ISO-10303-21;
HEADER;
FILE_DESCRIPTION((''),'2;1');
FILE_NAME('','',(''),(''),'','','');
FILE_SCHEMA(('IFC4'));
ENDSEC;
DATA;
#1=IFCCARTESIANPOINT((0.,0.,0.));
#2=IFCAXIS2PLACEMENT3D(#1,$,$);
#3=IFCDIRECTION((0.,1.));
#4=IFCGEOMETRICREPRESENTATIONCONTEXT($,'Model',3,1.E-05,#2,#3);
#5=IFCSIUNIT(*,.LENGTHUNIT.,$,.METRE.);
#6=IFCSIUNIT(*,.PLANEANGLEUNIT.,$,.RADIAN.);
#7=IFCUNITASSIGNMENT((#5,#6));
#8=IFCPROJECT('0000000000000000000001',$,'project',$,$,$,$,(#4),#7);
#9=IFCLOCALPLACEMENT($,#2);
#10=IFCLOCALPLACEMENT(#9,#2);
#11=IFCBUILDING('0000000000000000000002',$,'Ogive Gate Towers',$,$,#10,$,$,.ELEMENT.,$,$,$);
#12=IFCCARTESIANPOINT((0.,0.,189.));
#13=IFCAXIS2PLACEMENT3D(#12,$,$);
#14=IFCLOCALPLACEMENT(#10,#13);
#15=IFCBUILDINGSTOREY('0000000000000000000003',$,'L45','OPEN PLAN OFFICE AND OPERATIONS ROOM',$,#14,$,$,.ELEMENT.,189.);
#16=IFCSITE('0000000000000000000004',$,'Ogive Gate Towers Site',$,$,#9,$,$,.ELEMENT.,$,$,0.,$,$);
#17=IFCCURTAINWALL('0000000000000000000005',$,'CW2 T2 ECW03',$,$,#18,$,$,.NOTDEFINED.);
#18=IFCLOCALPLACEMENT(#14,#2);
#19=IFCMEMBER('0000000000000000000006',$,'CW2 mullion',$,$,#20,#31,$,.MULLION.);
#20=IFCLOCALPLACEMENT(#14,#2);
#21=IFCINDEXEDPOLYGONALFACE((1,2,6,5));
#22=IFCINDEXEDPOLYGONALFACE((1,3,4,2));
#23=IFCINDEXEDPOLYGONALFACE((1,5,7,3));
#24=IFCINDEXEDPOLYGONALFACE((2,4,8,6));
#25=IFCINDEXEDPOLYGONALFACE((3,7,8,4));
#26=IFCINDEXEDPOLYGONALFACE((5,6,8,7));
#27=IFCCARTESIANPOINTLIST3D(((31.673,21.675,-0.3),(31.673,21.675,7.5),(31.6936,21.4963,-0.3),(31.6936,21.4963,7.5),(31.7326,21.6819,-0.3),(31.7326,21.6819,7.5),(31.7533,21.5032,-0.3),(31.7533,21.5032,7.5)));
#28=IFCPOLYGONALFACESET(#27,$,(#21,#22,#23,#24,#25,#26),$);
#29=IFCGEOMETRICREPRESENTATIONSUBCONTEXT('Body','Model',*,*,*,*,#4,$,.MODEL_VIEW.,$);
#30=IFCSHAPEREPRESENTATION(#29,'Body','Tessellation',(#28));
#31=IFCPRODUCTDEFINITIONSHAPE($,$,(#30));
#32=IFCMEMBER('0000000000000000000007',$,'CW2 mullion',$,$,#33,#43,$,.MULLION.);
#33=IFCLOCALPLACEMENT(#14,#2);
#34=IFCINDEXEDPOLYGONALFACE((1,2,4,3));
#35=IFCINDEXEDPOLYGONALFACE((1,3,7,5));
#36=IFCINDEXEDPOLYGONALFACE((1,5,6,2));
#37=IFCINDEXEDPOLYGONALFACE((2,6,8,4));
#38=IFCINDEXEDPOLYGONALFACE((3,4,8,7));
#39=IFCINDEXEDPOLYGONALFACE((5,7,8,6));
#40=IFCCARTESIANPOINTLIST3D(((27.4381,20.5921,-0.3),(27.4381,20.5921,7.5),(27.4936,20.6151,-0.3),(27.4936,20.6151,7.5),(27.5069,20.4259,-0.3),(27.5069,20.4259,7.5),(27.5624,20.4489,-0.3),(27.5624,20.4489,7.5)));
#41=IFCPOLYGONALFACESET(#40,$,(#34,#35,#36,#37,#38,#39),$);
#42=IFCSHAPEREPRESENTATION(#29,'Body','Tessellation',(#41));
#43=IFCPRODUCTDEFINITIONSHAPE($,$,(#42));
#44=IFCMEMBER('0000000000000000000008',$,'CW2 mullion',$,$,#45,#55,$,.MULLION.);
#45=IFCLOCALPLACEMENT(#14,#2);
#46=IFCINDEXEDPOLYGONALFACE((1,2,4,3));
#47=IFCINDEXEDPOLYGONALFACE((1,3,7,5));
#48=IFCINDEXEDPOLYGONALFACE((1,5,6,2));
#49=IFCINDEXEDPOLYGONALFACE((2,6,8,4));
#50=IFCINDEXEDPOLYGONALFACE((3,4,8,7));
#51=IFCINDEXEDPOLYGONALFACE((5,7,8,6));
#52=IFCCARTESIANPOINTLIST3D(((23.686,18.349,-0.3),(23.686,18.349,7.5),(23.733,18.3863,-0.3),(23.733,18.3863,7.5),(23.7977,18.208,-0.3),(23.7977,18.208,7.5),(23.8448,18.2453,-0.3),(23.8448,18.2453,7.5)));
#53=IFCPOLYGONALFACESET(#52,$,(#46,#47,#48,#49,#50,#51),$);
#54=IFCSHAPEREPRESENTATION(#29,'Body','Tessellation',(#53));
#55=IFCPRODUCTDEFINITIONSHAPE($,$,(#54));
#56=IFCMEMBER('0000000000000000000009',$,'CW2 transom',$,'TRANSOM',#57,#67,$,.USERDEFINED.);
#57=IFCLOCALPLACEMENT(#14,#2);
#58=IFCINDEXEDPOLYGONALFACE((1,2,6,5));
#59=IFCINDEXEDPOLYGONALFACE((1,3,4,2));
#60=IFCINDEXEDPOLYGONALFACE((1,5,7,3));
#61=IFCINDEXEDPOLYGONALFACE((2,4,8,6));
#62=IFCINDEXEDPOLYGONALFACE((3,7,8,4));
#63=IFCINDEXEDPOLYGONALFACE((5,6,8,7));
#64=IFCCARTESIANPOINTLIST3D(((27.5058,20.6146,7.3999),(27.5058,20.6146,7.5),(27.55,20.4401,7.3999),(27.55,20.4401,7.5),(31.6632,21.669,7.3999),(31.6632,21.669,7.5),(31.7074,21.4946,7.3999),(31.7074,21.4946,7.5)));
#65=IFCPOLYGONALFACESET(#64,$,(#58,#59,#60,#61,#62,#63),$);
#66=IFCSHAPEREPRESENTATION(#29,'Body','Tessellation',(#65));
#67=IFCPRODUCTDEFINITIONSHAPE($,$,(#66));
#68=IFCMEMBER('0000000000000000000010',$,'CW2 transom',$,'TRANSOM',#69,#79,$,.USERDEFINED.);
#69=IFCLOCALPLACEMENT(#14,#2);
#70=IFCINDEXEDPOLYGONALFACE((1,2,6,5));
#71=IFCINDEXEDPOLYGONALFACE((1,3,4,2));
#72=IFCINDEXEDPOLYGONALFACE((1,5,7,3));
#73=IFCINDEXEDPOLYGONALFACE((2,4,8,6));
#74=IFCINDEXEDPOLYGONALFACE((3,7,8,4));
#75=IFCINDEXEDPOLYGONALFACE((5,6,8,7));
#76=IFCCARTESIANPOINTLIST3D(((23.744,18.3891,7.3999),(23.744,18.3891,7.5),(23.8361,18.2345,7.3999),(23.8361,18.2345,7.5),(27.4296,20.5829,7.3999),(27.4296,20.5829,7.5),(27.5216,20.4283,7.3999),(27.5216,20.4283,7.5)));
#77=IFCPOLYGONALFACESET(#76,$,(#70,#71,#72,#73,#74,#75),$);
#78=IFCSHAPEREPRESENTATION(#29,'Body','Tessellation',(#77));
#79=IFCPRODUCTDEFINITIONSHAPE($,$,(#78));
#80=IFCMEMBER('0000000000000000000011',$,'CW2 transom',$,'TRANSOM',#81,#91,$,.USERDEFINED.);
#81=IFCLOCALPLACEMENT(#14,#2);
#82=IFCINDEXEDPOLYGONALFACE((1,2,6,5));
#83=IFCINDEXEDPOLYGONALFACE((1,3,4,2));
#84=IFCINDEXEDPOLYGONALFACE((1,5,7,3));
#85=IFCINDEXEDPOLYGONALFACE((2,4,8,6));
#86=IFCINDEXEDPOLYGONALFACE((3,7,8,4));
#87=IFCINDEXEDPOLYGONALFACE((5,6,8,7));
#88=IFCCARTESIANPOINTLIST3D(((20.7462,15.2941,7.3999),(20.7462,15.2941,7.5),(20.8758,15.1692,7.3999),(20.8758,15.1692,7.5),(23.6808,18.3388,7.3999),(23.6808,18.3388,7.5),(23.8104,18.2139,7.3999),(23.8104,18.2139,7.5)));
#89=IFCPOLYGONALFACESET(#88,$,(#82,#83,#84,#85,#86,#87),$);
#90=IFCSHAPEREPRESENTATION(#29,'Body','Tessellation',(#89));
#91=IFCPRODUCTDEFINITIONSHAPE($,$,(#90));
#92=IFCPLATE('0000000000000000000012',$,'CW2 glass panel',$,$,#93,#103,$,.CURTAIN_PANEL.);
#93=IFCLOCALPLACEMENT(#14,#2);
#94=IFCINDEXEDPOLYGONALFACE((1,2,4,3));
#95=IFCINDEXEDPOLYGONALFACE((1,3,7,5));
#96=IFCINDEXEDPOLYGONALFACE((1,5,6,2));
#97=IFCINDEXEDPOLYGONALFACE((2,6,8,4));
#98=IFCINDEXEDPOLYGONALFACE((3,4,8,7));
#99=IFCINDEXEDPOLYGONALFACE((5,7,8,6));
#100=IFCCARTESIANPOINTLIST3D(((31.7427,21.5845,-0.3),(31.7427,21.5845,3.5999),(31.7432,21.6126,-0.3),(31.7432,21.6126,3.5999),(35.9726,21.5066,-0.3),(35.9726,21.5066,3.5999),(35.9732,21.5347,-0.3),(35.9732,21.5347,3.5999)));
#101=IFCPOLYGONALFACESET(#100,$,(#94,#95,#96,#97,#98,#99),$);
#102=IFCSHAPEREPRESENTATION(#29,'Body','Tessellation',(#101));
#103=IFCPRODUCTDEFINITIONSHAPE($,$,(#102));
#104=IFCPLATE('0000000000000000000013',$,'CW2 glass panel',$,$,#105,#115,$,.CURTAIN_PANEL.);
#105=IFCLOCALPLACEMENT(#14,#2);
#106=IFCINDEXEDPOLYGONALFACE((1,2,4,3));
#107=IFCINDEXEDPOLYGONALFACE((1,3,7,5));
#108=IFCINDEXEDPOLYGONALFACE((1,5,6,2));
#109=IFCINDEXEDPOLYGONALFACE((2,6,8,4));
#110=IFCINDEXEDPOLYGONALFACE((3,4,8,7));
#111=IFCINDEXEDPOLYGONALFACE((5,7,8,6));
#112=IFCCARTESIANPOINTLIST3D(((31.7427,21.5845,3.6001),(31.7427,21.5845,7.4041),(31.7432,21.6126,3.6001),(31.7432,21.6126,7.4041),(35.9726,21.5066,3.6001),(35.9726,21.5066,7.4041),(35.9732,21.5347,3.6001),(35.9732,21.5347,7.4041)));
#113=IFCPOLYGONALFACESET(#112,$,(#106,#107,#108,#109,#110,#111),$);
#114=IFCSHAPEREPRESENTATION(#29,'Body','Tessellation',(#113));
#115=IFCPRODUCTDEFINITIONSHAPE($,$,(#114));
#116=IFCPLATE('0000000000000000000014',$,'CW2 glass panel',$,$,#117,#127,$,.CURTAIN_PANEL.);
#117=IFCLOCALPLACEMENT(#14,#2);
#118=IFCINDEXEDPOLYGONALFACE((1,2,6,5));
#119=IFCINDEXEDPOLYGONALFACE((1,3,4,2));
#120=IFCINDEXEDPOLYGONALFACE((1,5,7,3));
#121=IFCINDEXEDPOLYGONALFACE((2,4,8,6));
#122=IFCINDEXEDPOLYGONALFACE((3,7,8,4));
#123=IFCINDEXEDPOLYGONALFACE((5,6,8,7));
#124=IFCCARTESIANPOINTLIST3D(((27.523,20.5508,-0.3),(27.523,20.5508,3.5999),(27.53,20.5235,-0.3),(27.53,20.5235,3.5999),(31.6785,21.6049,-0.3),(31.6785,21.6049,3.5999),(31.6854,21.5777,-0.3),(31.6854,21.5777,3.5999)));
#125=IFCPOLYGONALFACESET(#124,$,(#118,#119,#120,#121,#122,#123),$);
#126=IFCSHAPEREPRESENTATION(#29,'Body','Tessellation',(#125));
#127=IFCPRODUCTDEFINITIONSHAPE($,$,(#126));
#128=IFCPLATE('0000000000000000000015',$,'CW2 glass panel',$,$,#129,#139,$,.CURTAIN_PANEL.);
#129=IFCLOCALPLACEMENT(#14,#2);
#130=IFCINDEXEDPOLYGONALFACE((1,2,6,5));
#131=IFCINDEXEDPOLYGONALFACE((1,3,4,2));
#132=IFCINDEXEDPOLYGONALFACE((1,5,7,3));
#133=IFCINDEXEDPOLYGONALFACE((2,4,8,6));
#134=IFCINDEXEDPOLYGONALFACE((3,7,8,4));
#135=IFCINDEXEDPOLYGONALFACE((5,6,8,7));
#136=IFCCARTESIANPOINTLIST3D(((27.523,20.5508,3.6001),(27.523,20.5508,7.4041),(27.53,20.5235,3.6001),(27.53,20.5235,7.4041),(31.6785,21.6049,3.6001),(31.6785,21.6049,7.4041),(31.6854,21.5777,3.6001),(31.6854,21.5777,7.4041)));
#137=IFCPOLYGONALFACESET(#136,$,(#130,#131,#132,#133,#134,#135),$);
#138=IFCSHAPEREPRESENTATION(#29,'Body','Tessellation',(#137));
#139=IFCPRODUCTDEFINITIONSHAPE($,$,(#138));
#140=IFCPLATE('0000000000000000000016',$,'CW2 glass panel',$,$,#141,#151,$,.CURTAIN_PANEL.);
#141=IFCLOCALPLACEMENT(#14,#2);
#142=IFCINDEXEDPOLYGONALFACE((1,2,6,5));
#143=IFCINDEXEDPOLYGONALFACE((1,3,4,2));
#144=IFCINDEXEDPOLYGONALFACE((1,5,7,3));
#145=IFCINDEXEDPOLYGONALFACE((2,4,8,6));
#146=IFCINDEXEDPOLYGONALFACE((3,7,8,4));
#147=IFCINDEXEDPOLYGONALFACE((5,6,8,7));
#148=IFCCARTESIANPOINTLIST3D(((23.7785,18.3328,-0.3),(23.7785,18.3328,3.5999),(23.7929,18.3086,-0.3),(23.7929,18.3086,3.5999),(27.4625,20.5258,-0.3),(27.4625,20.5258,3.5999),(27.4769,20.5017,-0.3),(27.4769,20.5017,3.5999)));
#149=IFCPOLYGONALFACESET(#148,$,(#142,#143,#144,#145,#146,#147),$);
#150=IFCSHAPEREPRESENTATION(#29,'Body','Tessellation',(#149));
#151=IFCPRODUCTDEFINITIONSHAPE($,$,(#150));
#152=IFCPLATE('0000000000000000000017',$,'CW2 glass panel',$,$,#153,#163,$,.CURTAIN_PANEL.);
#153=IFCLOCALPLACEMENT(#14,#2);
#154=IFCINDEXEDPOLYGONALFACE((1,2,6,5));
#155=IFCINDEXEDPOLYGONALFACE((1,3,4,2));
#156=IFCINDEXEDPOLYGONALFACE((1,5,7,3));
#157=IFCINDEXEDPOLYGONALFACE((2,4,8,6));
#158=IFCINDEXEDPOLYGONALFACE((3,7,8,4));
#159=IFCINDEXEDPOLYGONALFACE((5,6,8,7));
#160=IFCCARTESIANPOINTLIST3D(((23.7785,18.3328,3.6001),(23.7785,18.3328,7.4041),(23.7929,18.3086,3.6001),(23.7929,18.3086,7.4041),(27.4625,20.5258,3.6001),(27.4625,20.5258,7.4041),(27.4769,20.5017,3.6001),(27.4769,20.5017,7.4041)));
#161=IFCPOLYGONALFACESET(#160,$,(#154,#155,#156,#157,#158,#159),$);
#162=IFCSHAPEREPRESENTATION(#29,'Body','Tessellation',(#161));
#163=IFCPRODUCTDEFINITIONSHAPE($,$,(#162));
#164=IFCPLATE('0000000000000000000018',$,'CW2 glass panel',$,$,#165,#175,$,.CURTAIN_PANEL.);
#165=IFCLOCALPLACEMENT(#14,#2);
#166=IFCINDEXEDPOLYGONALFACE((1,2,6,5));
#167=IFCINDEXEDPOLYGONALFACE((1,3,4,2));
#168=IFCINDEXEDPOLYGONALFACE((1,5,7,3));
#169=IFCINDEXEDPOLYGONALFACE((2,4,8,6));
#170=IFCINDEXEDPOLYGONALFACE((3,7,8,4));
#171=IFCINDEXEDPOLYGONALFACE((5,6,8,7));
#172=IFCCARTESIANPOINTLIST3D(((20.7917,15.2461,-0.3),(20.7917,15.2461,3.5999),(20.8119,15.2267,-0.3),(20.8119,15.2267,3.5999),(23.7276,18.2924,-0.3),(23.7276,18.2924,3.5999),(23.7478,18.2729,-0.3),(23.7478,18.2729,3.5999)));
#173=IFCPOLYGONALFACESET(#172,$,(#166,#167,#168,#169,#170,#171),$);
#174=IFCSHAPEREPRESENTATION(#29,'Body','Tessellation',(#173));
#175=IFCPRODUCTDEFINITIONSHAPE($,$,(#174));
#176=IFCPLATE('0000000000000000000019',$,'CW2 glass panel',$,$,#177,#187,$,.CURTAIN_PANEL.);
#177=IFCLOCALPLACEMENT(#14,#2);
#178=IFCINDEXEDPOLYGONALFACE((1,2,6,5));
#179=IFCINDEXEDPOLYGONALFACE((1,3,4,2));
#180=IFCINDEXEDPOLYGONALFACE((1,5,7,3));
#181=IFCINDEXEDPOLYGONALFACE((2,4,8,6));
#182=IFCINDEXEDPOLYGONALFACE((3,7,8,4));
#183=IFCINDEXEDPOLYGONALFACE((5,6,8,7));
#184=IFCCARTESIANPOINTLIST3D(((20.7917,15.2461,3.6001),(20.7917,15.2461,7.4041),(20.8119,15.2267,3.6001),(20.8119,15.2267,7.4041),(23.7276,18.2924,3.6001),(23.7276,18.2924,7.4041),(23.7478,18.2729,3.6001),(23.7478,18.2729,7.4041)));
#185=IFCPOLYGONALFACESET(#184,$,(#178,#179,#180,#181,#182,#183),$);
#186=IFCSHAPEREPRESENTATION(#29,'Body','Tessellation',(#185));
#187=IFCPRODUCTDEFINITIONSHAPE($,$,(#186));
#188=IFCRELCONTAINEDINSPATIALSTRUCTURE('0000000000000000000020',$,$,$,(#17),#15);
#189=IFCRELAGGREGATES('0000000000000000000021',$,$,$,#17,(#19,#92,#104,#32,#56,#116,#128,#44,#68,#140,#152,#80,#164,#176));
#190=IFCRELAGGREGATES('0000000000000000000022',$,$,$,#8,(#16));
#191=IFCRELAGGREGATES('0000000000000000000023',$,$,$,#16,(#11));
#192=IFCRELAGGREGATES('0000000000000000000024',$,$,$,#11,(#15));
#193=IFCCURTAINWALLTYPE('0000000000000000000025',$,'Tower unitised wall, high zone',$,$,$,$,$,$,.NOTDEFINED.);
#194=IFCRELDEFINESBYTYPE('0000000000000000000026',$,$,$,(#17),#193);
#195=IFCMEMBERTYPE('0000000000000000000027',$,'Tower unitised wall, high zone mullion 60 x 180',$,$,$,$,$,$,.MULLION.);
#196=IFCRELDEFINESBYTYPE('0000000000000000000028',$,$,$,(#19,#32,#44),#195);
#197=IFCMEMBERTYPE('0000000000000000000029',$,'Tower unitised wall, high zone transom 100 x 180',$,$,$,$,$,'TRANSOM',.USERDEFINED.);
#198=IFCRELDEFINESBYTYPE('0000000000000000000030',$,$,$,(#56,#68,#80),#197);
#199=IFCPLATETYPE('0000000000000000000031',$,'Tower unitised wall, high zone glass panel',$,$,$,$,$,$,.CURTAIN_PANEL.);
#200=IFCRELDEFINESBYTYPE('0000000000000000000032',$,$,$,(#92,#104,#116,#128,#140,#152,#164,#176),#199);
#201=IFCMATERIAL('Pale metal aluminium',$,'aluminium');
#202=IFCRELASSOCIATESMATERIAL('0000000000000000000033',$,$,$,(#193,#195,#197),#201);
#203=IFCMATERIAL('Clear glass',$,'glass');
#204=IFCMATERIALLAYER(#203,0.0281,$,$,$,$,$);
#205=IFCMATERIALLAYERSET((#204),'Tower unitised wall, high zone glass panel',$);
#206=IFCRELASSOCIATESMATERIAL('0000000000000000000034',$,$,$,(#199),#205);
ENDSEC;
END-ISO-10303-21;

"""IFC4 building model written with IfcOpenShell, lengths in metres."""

from ifc_helpers import new_model, si_unit, direction, frame, origin, origin_2d, place, context, subcontext, project, spatial, rectangle, extrude, material, layer, layer_set, material_profile, profile_set, type_object, element, aggregate, save


model = new_model("IFC4")

# Units and contexts
model_context = context("Model", 3, precision=1e-05, world=origin(), true_north=direction((0.0, 1.0)))
body_context = subcontext(model_context, "Body", "Model", "MODEL_VIEW")
ifc_project = project(units=[si_unit("LENGTHUNIT", "METRE"), si_unit("PLANEANGLEUNIT", "RADIAN")], contexts=[model_context])

# Site, building, storey
site_placement = place(None, origin())
site = spatial("IfcSite", under=ifc_project, at=site_placement, Name="Ogive Gate Towers Site", CompositionType="ELEMENT", RefElevation=0.0)
building_placement = place(site_placement, origin())
building = spatial("IfcBuilding", under=site, at=building_placement, Name="Ogive Gate Towers", CompositionType="ELEMENT")
storey_placement = place(building_placement, frame((0.0, 0.0, 189.0)))
storey = spatial("IfcBuildingStorey", under=building, at=storey_placement, Name="L45", Description="OPEN PLAN OFFICE AND OPERATIONS ROOM", CompositionType="ELEMENT", Elevation=189.0)

# Curtain wall, members, plates
ifc_material_1 = material(Name="Pale metal aluminium", Category="aluminium")
curtain_wall_type = type_object("IfcCurtainWallType", Name="Tower unitised wall, high zone", PredefinedType="NOTDEFINED", material=ifc_material_1)
curtain_wall_placement = place(storey_placement, origin())
curtain_wall = element("IfcCurtainWall", 1, at=curtain_wall_placement, inside=storey, type_object=curtain_wall_type, Name="CW2 T2 ECW03", PredefinedType="NOTDEFINED")
ifc_material_profile_1 = material_profile(ifc_material_1, rectangle(XDim=0.1799, YDim=0.0601, at=origin_2d()), Name="60 x 180 aluminium box")
ifc_profile_set_1 = profile_set([ifc_material_profile_1], Name="Pale metal aluminium")
member_type_1 = type_object("IfcMemberType", Name="Tower unitised wall, high zone mullion 60 x 180", PredefinedType="MULLION", material=ifc_profile_set_1)
member_1_placement = place(storey_placement, frame((31.7131, 21.5891, -0.3), z_axis=(0.0, 0.0, 1.0), x_axis=(-0.114746, 0.993395, 0.0)))
member_1 = element("IfcMember", 2, at=member_1_placement, type_object=member_type_1, Name="CW2 mullion", PredefinedType="MULLION", context=body_context, shape_type="SweptSolid", body=[
    extrude(rectangle(XDim=0.1799, YDim=0.0601, at=origin_2d()), origin(), (0.0, 0.0, 1.0), 7.8),
])
member_2_placement = place(storey_placement, frame((27.5002, 20.5205, -0.3), z_axis=(0.0, 0.0, 1.0), x_axis=(-0.382683, 0.92388, 0.0)))
member_2 = element("IfcMember", 3, at=member_2_placement, type_object=member_type_1, Name="CW2 mullion", PredefinedType="MULLION", context=body_context, shape_type="SweptSolid", body=[
    extrude(rectangle(XDim=0.1799, YDim=0.0601, at=origin_2d()), origin(), (0.0, 0.0, 1.0), 7.8),
])
member_3_placement = place(storey_placement, frame((23.7654, 18.2971, -0.3), z_axis=(0.0, 0.0, 1.0), x_axis=(-0.621298, 0.783574, 0.0)))
member_3 = element("IfcMember", 4, at=member_3_placement, type_object=member_type_1, Name="CW2 mullion", PredefinedType="MULLION", context=body_context, shape_type="SweptSolid", body=[
    extrude(rectangle(XDim=0.1799, YDim=0.0601, at=origin_2d()), origin(), (0.0, 0.0, 1.0), 7.8),
])
ifc_material_profile_2 = material_profile(ifc_material_1, rectangle(XDim=0.1799, YDim=0.1001, at=origin_2d()), Name="100 x 180 aluminium box")
ifc_profile_set_2 = profile_set([ifc_material_profile_2], Name="Pale metal aluminium")
member_type_2 = type_object("IfcMemberType", Name="Tower unitised wall, high zone transom 100 x 180", ElementType="TRANSOM", PredefinedType="USERDEFINED", material=ifc_profile_set_2)
member_4_placement = place(storey_placement, frame((31.6853, 21.5818, 7.45), z_axis=(-0.96931, -0.245842, 0.0), x_axis=(0.245842, -0.96931, 0.0)))
member_4 = element("IfcMember", 5, at=member_4_placement, type_object=member_type_2, Name="CW2 transom", ObjectType="TRANSOM", PredefinedType="USERDEFINED", context=body_context, shape_type="SweptSolid", body=[
    extrude(rectangle(XDim=0.1799, YDim=0.1001, at=origin_2d()), origin(), (0.0, 0.0, 1.0), 4.2891),
])
member_5_placement = place(storey_placement, frame((27.4756, 20.5056, 7.45), z_axis=(-0.859286, -0.511496, 0.0), x_axis=(0.511496, -0.859286, 0.0)))
member_5 = element("IfcMember", 6, at=member_5_placement, type_object=member_type_2, Name="CW2 transom", ObjectType="TRANSOM", PredefinedType="USERDEFINED", context=body_context, shape_type="SweptSolid", body=[
    extrude(rectangle(XDim=0.1799, YDim=0.1001, at=origin_2d()), origin(), (0.0, 0.0, 1.0), 4.2891),
])
member_6_placement = place(storey_placement, frame((23.7456, 18.2764, 7.45), z_axis=(-0.693968, -0.720006, 0.0), x_axis=(0.720006, -0.693968, 0.0)))
member_6 = element("IfcMember", 7, at=member_6_placement, type_object=member_type_2, Name="CW2 transom", ObjectType="TRANSOM", PredefinedType="USERDEFINED", context=body_context, shape_type="SweptSolid", body=[
    extrude(rectangle(XDim=0.1799, YDim=0.1001, at=origin_2d()), origin(), (0.0, 0.0, 1.0), 4.2288),
])
ifc_material_2 = material(Name="Clear glass", Category="glass")
ifc_layer_1 = layer(ifc_material_2, 0.0281)
ifc_layer_set_1 = layer_set([ifc_layer_1], Name="Tower unitised wall, high zone glass panel")
plate_type = type_object("IfcPlateType", Name="Tower unitised wall, high zone glass panel", PredefinedType="CURTAIN_PANEL", material=ifc_layer_set_1)
plate_1_placement = place(storey_placement, frame((33.8579, 21.5596, -0.3), z_axis=(0.0, 0.0, 1.0), x_axis=(-0.99983, 0.018412, 0.0)))
plate_1 = element("IfcPlate", 8, at=plate_1_placement, type_object=plate_type, Name="CW2 glass panel", PredefinedType="CURTAIN_PANEL", context=body_context, shape_type="SweptSolid", body=[
    extrude(rectangle(XDim=4.2307, YDim=0.0281, at=origin_2d()), origin(), (0.0, 0.0, 1.0), 3.8999),
])
plate_2_placement = place(storey_placement, frame((33.8579, 21.5596, 3.6001), z_axis=(0.0, 0.0, 1.0), x_axis=(-0.99983, 0.018412, 0.0)))
plate_2 = element("IfcPlate", 9, at=plate_2_placement, type_object=plate_type, Name="CW2 glass panel", PredefinedType="CURTAIN_PANEL", context=body_context, shape_type="SweptSolid", body=[
    extrude(rectangle(XDim=4.2307, YDim=0.0281, at=origin_2d()), origin(), (0.0, 0.0, 1.0), 3.804),
])
plate_3_placement = place(storey_placement, frame((29.6042, 21.0642, -0.3), z_axis=(0.0, 0.0, 1.0), x_axis=(-0.9693, -0.245883, 0.0)))
plate_3 = element("IfcPlate", 10, at=plate_3_placement, type_object=plate_type, Name="CW2 glass panel", PredefinedType="CURTAIN_PANEL", context=body_context, shape_type="SweptSolid", body=[
    extrude(rectangle(XDim=4.2871, YDim=0.0281, at=origin_2d()), origin(), (0.0, 0.0, 1.0), 3.8999),
])
plate_4_placement = place(storey_placement, frame((29.6042, 21.0642, 3.6001), z_axis=(0.0, 0.0, 1.0), x_axis=(-0.9693, -0.245883, 0.0)))
plate_4 = element("IfcPlate", 11, at=plate_4_placement, type_object=plate_type, Name="CW2 glass panel", PredefinedType="CURTAIN_PANEL", context=body_context, shape_type="SweptSolid", body=[
    extrude(rectangle(XDim=4.2871, YDim=0.0281, at=origin_2d()), origin(), (0.0, 0.0, 1.0), 3.804),
])
plate_5_placement = place(storey_placement, frame((25.6277, 19.4172, -0.3), z_axis=(0.0, 0.0, 1.0), x_axis=(-0.859273, -0.511518, 0.0)))
plate_5 = element("IfcPlate", 12, at=plate_5_placement, type_object=plate_type, Name="CW2 glass panel", PredefinedType="CURTAIN_PANEL", context=body_context, shape_type="SweptSolid", body=[
    extrude(rectangle(XDim=4.2874, YDim=0.0281, at=origin_2d()), origin(), (0.0, 0.0, 1.0), 3.8999),
])
plate_6_placement = place(storey_placement, frame((25.6277, 19.4172, 3.6001), z_axis=(0.0, 0.0, 1.0), x_axis=(-0.859273, -0.511518, 0.0)))
plate_6 = element("IfcPlate", 13, at=plate_6_placement, type_object=plate_type, Name="CW2 glass panel", PredefinedType="CURTAIN_PANEL", context=body_context, shape_type="SweptSolid", body=[
    extrude(rectangle(XDim=4.2874, YDim=0.0281, at=origin_2d()), origin(), (0.0, 0.0, 1.0), 3.804),
])
plate_7_placement = place(storey_placement, frame((22.2698, 16.7595, -0.3), z_axis=(0.0, 0.0, 1.0), x_axis=(-0.693942, -0.720031, 0.0)))
plate_7 = element("IfcPlate", 14, at=plate_7_placement, type_object=plate_type, Name="CW2 glass panel", PredefinedType="CURTAIN_PANEL", context=body_context, shape_type="SweptSolid", body=[
    extrude(rectangle(XDim=4.2307, YDim=0.0281, at=origin_2d()), origin(), (0.0, 0.0, 1.0), 3.8999),
])
plate_8_placement = place(storey_placement, frame((22.2698, 16.7595, 3.6001), z_axis=(0.0, 0.0, 1.0), x_axis=(-0.693942, -0.720031, 0.0)))
plate_8 = element("IfcPlate", 15, at=plate_8_placement, type_object=plate_type, Name="CW2 glass panel", PredefinedType="CURTAIN_PANEL", context=body_context, shape_type="SweptSolid", body=[
    extrude(rectangle(XDim=4.2307, YDim=0.0281, at=origin_2d()), origin(), (0.0, 0.0, 1.0), 3.804),
])
aggregate(curtain_wall, [member_1, plate_1, plate_2, member_2, member_4, plate_3, plate_4, member_3, member_5, plate_5, plate_6, member_6, plate_7, plate_8])

save(model, "model.ifc")
